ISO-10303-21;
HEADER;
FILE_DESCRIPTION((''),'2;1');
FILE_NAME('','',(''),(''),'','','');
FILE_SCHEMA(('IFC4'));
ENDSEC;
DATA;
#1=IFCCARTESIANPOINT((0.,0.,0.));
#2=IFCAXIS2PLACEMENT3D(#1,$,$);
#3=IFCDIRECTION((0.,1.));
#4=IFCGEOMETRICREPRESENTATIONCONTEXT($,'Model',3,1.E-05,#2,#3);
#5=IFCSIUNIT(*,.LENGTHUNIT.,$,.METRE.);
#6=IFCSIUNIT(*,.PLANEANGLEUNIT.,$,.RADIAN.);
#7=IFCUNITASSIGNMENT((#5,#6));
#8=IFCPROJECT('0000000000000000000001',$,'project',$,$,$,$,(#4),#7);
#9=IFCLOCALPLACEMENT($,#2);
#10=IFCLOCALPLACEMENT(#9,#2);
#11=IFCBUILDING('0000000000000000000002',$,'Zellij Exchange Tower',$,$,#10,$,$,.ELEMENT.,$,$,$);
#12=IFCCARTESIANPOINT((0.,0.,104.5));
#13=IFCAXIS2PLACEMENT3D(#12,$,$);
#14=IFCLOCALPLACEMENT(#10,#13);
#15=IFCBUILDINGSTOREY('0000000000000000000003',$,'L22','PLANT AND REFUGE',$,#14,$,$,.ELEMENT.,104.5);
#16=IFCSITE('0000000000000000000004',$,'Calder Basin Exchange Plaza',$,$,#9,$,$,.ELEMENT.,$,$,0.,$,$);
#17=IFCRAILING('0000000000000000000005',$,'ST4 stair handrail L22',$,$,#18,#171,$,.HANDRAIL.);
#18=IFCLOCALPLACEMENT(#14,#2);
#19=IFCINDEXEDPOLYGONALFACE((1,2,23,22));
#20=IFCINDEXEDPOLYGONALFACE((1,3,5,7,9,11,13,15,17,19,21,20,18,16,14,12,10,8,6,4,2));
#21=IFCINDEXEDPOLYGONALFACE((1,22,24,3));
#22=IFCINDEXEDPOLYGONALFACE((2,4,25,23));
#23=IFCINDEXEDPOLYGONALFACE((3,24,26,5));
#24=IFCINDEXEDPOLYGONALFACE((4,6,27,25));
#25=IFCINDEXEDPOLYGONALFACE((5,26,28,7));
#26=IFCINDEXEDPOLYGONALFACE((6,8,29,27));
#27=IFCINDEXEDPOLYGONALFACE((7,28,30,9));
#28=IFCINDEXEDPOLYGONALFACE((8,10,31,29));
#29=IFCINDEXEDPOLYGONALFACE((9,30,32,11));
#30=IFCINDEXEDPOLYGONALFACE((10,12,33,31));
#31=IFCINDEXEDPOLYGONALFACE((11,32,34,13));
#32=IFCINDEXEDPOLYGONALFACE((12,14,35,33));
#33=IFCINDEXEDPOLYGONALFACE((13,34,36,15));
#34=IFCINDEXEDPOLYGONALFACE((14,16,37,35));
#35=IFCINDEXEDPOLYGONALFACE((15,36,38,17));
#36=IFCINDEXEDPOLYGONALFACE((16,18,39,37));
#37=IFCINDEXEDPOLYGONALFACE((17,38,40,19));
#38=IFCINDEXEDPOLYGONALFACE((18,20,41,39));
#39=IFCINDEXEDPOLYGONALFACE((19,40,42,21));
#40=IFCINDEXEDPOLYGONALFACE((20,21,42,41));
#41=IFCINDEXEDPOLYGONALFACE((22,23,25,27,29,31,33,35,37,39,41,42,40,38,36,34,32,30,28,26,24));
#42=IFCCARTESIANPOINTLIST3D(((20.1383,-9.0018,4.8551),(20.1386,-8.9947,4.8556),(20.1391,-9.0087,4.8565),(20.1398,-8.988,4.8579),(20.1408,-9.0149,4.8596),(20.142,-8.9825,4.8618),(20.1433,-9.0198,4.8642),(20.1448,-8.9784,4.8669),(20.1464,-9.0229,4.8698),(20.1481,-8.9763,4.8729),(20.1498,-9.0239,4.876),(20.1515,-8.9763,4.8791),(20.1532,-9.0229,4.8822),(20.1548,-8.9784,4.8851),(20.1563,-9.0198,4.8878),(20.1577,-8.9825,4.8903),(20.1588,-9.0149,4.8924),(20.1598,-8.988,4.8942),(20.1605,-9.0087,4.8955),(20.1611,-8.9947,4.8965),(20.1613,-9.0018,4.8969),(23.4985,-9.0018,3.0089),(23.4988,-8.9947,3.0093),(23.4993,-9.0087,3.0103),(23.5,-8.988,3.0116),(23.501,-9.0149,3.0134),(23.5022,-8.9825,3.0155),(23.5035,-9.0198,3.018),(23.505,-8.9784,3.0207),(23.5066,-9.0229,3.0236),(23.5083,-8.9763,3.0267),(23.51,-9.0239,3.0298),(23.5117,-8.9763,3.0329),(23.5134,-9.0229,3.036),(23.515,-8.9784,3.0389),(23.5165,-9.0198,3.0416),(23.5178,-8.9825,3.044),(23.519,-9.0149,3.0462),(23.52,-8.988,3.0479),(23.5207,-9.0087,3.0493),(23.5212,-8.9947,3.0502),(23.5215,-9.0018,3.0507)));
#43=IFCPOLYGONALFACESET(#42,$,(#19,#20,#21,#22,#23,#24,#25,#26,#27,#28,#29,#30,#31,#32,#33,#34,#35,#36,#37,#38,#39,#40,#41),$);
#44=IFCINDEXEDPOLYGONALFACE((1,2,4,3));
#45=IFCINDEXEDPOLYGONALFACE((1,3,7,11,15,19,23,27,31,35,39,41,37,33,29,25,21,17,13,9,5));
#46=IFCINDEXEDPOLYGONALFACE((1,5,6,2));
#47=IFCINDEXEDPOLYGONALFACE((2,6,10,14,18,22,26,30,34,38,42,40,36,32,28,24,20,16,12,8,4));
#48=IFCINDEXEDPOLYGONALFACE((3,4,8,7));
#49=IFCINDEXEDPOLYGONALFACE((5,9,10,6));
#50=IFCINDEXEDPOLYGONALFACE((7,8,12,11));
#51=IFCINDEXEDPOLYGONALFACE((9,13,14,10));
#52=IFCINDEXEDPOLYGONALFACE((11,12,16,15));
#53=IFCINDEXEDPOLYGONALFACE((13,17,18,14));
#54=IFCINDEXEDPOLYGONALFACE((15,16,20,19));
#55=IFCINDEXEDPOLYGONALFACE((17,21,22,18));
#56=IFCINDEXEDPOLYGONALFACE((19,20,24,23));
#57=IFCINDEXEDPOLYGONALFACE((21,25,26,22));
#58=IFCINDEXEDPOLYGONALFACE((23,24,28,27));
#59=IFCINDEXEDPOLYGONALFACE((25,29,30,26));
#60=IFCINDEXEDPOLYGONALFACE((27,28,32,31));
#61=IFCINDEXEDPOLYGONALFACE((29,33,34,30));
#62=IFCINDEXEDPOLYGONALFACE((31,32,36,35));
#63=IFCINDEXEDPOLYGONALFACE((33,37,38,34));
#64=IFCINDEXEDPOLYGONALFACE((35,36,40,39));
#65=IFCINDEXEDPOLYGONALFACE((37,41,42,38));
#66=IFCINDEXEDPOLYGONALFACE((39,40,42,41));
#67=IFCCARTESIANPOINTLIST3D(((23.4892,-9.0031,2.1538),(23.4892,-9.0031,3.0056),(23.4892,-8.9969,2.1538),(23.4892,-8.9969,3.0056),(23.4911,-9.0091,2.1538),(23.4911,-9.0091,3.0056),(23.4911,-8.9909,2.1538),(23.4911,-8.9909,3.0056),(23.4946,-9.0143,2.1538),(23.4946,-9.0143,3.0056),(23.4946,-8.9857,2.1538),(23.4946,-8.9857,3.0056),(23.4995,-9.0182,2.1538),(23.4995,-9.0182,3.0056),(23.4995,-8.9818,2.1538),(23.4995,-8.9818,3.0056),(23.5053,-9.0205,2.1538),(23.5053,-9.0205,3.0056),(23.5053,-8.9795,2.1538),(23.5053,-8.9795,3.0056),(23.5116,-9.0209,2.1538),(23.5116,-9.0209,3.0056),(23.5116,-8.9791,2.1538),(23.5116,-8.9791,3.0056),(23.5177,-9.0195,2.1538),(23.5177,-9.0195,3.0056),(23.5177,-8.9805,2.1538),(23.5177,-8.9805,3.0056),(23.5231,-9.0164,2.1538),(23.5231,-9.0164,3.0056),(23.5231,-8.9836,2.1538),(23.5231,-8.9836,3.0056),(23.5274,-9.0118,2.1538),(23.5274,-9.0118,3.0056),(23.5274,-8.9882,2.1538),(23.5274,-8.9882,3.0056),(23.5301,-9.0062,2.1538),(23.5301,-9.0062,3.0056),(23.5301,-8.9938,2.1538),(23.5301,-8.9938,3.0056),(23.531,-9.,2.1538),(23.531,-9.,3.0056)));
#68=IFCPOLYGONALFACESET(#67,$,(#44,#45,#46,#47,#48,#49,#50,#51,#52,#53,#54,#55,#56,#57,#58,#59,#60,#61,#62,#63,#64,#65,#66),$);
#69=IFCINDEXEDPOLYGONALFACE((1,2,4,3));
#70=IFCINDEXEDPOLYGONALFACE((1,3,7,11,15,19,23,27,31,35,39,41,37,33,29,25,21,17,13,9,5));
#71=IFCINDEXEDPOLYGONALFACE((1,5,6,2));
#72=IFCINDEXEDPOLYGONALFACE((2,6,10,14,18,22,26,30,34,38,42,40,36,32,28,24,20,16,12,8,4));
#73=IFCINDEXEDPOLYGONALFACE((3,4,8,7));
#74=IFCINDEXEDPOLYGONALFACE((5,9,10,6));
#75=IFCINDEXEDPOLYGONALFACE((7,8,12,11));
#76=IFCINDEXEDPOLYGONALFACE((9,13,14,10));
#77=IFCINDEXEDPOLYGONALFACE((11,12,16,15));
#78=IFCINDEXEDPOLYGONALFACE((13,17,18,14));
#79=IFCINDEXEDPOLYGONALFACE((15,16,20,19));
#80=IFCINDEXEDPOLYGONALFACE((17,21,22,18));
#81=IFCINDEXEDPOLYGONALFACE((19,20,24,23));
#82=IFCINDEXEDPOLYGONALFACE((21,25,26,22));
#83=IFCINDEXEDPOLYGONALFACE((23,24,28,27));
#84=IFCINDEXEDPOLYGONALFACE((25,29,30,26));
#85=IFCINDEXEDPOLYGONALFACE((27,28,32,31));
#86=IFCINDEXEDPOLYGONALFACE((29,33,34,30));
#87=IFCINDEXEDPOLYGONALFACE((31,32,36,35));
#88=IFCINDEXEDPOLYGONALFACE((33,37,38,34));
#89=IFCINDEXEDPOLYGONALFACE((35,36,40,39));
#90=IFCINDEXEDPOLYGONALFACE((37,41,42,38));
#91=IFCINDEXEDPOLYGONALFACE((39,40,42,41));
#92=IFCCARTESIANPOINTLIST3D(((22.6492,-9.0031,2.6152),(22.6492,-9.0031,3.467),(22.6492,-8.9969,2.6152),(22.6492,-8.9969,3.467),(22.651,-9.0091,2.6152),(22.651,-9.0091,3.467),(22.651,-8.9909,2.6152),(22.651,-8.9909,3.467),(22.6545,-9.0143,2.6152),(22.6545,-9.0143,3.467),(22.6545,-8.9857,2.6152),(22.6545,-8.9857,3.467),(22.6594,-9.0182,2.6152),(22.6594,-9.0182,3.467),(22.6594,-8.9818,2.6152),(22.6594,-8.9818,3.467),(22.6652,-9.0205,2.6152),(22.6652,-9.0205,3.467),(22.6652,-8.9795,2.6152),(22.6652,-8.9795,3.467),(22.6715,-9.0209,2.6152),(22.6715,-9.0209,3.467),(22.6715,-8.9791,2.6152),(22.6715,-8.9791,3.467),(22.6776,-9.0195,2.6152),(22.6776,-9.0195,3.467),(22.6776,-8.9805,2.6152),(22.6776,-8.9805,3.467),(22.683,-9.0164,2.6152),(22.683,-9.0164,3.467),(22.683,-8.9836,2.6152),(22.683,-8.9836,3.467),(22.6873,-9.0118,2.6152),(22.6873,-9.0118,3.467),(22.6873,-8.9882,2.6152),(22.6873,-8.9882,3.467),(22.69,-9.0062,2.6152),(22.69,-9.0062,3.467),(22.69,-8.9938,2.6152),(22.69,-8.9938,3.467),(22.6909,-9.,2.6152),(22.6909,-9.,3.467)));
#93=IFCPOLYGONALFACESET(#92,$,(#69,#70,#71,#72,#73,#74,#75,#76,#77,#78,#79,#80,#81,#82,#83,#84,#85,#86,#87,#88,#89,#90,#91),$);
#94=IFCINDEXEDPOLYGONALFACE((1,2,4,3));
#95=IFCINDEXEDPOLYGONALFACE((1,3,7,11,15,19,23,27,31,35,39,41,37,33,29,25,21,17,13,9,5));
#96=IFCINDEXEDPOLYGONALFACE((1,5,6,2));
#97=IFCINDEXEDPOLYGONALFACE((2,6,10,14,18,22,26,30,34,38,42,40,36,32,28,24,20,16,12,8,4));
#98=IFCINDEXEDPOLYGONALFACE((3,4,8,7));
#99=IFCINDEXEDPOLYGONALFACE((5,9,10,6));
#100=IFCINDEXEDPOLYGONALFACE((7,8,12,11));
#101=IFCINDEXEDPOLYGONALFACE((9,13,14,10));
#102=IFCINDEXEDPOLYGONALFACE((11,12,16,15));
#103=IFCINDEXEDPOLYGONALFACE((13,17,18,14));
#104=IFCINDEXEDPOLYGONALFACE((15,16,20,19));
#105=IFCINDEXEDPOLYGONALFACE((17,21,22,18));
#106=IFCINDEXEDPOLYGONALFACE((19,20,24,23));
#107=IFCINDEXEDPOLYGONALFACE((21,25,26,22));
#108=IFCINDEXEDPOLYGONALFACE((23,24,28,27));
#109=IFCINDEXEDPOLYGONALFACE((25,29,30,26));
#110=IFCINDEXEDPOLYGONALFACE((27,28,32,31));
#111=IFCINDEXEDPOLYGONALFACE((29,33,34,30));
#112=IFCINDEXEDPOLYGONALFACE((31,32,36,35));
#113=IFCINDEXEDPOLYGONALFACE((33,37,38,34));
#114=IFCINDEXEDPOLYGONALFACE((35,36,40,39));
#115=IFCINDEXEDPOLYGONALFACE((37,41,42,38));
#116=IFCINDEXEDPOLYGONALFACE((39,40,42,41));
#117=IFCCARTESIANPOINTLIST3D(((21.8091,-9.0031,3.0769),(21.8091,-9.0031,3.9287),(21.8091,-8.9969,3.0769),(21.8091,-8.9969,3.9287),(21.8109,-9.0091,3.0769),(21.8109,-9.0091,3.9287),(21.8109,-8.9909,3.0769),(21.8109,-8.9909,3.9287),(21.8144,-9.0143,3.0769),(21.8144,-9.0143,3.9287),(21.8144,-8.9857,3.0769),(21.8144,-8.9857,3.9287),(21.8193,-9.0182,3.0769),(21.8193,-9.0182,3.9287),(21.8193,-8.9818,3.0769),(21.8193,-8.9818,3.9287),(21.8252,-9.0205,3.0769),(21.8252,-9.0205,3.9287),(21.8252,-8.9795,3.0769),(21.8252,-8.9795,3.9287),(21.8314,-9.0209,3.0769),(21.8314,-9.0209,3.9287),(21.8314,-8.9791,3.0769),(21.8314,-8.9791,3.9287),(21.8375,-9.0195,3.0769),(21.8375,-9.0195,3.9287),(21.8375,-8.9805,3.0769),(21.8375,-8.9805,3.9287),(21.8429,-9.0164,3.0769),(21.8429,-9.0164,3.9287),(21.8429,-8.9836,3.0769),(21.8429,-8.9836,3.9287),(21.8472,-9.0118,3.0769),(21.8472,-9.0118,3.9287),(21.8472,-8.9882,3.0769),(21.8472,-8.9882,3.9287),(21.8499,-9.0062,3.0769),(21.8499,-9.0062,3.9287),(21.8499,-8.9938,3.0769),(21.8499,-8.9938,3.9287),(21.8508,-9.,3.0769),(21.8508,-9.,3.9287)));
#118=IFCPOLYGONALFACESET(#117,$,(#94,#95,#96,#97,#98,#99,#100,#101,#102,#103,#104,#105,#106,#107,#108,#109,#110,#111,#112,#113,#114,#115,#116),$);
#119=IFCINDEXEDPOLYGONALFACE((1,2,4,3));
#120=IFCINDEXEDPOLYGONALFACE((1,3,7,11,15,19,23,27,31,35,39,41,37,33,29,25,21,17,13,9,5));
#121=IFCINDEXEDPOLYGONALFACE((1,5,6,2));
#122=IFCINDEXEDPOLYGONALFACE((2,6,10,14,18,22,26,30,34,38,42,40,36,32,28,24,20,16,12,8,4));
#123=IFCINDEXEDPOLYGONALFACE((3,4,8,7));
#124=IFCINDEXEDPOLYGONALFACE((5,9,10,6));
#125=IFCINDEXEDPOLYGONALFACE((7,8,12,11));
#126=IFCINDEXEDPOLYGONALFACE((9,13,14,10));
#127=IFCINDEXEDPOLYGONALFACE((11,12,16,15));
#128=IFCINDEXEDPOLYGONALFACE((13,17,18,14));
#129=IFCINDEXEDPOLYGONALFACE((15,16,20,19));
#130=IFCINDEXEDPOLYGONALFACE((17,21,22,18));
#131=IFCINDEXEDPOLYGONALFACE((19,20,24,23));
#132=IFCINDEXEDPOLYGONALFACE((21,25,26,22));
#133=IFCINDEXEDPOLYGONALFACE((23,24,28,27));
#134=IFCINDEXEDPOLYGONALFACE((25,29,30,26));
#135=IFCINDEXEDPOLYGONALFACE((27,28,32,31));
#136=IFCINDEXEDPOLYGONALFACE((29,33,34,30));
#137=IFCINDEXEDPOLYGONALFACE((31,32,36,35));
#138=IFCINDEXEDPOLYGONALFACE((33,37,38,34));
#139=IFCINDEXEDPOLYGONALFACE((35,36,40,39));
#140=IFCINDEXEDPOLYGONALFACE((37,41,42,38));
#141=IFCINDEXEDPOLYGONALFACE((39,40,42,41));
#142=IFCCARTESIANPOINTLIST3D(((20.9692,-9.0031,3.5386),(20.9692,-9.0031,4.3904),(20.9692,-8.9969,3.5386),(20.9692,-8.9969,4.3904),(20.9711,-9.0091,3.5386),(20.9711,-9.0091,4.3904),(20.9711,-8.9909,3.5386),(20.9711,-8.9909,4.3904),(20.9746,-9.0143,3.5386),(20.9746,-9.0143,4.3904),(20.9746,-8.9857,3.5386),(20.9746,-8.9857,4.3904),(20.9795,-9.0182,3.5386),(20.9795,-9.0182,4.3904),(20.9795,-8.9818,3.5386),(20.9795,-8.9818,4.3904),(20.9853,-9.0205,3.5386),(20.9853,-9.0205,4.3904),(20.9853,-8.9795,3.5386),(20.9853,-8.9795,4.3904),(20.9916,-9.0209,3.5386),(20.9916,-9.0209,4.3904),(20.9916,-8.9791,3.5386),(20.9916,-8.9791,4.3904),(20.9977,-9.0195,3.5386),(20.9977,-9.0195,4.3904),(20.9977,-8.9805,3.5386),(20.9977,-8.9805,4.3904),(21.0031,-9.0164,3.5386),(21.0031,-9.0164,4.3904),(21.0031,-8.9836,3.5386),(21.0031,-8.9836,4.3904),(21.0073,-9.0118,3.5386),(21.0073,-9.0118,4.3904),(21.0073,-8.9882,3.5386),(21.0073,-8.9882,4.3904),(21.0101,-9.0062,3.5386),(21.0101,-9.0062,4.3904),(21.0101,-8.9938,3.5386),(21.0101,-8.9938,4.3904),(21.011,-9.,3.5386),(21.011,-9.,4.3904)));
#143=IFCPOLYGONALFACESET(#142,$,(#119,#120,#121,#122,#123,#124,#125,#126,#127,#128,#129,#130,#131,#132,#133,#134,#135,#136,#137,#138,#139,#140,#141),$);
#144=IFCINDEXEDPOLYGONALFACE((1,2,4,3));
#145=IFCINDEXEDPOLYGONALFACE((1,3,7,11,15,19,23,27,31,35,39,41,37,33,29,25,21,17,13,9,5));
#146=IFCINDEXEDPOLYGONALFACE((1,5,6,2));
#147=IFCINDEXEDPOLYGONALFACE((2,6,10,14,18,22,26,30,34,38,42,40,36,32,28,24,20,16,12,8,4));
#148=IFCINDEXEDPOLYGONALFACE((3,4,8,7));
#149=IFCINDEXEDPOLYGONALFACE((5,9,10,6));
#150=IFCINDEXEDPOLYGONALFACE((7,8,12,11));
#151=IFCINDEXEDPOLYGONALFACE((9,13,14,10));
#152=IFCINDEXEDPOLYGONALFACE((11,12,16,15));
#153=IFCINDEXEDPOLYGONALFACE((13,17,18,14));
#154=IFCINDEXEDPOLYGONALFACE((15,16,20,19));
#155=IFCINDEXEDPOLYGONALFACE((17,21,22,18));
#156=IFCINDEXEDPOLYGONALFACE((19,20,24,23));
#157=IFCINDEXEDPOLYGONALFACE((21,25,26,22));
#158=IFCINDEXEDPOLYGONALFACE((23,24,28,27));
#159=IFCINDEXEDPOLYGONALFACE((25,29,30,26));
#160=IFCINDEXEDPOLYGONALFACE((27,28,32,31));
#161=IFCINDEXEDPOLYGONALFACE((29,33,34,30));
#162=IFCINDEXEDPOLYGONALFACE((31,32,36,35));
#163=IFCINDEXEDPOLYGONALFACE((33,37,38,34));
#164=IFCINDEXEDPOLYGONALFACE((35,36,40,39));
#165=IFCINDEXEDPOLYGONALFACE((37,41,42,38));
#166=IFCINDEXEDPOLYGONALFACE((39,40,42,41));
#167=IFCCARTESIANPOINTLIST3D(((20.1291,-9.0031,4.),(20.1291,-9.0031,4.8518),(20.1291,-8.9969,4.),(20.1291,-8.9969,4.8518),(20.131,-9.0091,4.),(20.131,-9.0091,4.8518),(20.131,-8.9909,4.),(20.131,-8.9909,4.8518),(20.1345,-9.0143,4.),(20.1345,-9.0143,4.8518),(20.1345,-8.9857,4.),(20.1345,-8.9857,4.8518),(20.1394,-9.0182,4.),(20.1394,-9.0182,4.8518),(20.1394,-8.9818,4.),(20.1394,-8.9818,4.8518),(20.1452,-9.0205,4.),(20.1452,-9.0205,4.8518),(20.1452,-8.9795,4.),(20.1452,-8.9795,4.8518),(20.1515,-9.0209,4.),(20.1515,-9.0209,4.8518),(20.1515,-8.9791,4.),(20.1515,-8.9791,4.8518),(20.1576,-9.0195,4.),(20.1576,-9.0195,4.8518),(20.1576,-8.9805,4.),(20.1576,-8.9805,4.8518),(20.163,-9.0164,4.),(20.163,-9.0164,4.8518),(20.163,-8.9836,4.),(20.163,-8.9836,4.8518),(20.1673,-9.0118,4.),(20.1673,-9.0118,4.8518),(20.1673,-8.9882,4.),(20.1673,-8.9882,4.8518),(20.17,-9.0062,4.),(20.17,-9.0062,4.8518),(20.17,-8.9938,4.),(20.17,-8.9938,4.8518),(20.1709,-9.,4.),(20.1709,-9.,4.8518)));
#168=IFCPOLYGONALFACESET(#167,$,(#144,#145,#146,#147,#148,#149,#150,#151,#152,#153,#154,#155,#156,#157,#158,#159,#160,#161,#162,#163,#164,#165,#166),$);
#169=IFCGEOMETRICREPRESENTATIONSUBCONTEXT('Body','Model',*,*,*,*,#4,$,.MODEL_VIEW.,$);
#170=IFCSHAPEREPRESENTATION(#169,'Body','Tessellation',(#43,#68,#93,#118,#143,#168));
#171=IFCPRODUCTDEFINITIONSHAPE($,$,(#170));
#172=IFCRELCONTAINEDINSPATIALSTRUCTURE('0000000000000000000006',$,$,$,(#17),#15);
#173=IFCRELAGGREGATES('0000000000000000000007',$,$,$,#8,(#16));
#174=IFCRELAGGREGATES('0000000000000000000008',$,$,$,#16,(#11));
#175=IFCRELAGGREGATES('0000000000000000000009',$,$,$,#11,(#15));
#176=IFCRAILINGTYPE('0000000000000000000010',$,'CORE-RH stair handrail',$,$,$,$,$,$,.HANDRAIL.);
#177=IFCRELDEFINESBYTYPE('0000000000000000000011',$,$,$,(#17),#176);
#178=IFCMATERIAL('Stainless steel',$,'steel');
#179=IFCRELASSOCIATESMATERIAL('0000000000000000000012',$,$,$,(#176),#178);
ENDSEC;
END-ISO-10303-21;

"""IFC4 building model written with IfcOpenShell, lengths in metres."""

from ifc_helpers import new_model, si_unit, direction, frame, origin, origin_2d, place, context, subcontext, project, spatial, circle, extrude, material, type_object, element, save


model = new_model("IFC4")

# Units and contexts
model_context = context("Model", 3, precision=1e-05, world=origin(), true_north=direction((0.0, 1.0)))
body_context = subcontext(model_context, "Body", "Model", "MODEL_VIEW")
ifc_project = project(units=[si_unit("LENGTHUNIT", "METRE"), si_unit("PLANEANGLEUNIT", "RADIAN")], contexts=[model_context])

# Site, building, storey
site_placement = place(None, origin())
site = spatial("IfcSite", under=ifc_project, at=site_placement, Name="Calder Basin Exchange Plaza", CompositionType="ELEMENT", RefElevation=0.0)
building_placement = place(site_placement, origin())
building = spatial("IfcBuilding", under=site, at=building_placement, Name="Zellij Exchange Tower", CompositionType="ELEMENT")
storey_placement = place(building_placement, frame((0.0, 0.0, 104.5)))
storey = spatial("IfcBuildingStorey", under=building, at=storey_placement, Name="L22", Description="PLANT AND REFUGE", CompositionType="ELEMENT", Elevation=104.5)

# Railing
ifc_material_1 = material(Name="Stainless steel", Category="steel")
railing_type_1 = type_object("IfcRailingType", Name="CORE-RH stair handrail", PredefinedType="HANDRAIL", material=ifc_material_1)
railing_1_placement = place(storey_placement, frame((23.51, -9.0, 2.1538)))
element("IfcRailing", 1, at=railing_1_placement, inside=storey, type_object=railing_type_1, Name="ST4 stair handrail L22", PredefinedType="HANDRAIL", context=body_context, shape_type="SweptSolid", body=[
    extrude(circle(Radius=0.0239, at=origin_2d()), frame((0.0, 0.0, 0.876), z_axis=(-0.876422, 0.0, 0.481545), x_axis=(0.0, -1.0, 0.0)), (0.0, 0.0, 1.0), 3.834),
    extrude(circle(Radius=0.021, at=origin_2d()), origin(), (0.0, 0.0, 1.0), 0.8518),
    extrude(circle(Radius=0.021, at=origin_2d()), frame((-0.8401, 0.0, 0.4614)), (0.0, 0.0, 1.0), 0.8518),
    extrude(circle(Radius=0.021, at=origin_2d()), frame((-1.6802, 0.0, 0.9231)), (0.0, 0.0, 1.0), 0.8518),
    extrude(circle(Radius=0.021, at=origin_2d()), frame((-2.52, 0.0, 1.3848)), (0.0, 0.0, 1.0), 0.8518),
    extrude(circle(Radius=0.021, at=origin_2d()), frame((-3.3601, 0.0, 1.8462)), (0.0, 0.0, 1.0), 0.8518),
])

save(model, "model.ifc")
